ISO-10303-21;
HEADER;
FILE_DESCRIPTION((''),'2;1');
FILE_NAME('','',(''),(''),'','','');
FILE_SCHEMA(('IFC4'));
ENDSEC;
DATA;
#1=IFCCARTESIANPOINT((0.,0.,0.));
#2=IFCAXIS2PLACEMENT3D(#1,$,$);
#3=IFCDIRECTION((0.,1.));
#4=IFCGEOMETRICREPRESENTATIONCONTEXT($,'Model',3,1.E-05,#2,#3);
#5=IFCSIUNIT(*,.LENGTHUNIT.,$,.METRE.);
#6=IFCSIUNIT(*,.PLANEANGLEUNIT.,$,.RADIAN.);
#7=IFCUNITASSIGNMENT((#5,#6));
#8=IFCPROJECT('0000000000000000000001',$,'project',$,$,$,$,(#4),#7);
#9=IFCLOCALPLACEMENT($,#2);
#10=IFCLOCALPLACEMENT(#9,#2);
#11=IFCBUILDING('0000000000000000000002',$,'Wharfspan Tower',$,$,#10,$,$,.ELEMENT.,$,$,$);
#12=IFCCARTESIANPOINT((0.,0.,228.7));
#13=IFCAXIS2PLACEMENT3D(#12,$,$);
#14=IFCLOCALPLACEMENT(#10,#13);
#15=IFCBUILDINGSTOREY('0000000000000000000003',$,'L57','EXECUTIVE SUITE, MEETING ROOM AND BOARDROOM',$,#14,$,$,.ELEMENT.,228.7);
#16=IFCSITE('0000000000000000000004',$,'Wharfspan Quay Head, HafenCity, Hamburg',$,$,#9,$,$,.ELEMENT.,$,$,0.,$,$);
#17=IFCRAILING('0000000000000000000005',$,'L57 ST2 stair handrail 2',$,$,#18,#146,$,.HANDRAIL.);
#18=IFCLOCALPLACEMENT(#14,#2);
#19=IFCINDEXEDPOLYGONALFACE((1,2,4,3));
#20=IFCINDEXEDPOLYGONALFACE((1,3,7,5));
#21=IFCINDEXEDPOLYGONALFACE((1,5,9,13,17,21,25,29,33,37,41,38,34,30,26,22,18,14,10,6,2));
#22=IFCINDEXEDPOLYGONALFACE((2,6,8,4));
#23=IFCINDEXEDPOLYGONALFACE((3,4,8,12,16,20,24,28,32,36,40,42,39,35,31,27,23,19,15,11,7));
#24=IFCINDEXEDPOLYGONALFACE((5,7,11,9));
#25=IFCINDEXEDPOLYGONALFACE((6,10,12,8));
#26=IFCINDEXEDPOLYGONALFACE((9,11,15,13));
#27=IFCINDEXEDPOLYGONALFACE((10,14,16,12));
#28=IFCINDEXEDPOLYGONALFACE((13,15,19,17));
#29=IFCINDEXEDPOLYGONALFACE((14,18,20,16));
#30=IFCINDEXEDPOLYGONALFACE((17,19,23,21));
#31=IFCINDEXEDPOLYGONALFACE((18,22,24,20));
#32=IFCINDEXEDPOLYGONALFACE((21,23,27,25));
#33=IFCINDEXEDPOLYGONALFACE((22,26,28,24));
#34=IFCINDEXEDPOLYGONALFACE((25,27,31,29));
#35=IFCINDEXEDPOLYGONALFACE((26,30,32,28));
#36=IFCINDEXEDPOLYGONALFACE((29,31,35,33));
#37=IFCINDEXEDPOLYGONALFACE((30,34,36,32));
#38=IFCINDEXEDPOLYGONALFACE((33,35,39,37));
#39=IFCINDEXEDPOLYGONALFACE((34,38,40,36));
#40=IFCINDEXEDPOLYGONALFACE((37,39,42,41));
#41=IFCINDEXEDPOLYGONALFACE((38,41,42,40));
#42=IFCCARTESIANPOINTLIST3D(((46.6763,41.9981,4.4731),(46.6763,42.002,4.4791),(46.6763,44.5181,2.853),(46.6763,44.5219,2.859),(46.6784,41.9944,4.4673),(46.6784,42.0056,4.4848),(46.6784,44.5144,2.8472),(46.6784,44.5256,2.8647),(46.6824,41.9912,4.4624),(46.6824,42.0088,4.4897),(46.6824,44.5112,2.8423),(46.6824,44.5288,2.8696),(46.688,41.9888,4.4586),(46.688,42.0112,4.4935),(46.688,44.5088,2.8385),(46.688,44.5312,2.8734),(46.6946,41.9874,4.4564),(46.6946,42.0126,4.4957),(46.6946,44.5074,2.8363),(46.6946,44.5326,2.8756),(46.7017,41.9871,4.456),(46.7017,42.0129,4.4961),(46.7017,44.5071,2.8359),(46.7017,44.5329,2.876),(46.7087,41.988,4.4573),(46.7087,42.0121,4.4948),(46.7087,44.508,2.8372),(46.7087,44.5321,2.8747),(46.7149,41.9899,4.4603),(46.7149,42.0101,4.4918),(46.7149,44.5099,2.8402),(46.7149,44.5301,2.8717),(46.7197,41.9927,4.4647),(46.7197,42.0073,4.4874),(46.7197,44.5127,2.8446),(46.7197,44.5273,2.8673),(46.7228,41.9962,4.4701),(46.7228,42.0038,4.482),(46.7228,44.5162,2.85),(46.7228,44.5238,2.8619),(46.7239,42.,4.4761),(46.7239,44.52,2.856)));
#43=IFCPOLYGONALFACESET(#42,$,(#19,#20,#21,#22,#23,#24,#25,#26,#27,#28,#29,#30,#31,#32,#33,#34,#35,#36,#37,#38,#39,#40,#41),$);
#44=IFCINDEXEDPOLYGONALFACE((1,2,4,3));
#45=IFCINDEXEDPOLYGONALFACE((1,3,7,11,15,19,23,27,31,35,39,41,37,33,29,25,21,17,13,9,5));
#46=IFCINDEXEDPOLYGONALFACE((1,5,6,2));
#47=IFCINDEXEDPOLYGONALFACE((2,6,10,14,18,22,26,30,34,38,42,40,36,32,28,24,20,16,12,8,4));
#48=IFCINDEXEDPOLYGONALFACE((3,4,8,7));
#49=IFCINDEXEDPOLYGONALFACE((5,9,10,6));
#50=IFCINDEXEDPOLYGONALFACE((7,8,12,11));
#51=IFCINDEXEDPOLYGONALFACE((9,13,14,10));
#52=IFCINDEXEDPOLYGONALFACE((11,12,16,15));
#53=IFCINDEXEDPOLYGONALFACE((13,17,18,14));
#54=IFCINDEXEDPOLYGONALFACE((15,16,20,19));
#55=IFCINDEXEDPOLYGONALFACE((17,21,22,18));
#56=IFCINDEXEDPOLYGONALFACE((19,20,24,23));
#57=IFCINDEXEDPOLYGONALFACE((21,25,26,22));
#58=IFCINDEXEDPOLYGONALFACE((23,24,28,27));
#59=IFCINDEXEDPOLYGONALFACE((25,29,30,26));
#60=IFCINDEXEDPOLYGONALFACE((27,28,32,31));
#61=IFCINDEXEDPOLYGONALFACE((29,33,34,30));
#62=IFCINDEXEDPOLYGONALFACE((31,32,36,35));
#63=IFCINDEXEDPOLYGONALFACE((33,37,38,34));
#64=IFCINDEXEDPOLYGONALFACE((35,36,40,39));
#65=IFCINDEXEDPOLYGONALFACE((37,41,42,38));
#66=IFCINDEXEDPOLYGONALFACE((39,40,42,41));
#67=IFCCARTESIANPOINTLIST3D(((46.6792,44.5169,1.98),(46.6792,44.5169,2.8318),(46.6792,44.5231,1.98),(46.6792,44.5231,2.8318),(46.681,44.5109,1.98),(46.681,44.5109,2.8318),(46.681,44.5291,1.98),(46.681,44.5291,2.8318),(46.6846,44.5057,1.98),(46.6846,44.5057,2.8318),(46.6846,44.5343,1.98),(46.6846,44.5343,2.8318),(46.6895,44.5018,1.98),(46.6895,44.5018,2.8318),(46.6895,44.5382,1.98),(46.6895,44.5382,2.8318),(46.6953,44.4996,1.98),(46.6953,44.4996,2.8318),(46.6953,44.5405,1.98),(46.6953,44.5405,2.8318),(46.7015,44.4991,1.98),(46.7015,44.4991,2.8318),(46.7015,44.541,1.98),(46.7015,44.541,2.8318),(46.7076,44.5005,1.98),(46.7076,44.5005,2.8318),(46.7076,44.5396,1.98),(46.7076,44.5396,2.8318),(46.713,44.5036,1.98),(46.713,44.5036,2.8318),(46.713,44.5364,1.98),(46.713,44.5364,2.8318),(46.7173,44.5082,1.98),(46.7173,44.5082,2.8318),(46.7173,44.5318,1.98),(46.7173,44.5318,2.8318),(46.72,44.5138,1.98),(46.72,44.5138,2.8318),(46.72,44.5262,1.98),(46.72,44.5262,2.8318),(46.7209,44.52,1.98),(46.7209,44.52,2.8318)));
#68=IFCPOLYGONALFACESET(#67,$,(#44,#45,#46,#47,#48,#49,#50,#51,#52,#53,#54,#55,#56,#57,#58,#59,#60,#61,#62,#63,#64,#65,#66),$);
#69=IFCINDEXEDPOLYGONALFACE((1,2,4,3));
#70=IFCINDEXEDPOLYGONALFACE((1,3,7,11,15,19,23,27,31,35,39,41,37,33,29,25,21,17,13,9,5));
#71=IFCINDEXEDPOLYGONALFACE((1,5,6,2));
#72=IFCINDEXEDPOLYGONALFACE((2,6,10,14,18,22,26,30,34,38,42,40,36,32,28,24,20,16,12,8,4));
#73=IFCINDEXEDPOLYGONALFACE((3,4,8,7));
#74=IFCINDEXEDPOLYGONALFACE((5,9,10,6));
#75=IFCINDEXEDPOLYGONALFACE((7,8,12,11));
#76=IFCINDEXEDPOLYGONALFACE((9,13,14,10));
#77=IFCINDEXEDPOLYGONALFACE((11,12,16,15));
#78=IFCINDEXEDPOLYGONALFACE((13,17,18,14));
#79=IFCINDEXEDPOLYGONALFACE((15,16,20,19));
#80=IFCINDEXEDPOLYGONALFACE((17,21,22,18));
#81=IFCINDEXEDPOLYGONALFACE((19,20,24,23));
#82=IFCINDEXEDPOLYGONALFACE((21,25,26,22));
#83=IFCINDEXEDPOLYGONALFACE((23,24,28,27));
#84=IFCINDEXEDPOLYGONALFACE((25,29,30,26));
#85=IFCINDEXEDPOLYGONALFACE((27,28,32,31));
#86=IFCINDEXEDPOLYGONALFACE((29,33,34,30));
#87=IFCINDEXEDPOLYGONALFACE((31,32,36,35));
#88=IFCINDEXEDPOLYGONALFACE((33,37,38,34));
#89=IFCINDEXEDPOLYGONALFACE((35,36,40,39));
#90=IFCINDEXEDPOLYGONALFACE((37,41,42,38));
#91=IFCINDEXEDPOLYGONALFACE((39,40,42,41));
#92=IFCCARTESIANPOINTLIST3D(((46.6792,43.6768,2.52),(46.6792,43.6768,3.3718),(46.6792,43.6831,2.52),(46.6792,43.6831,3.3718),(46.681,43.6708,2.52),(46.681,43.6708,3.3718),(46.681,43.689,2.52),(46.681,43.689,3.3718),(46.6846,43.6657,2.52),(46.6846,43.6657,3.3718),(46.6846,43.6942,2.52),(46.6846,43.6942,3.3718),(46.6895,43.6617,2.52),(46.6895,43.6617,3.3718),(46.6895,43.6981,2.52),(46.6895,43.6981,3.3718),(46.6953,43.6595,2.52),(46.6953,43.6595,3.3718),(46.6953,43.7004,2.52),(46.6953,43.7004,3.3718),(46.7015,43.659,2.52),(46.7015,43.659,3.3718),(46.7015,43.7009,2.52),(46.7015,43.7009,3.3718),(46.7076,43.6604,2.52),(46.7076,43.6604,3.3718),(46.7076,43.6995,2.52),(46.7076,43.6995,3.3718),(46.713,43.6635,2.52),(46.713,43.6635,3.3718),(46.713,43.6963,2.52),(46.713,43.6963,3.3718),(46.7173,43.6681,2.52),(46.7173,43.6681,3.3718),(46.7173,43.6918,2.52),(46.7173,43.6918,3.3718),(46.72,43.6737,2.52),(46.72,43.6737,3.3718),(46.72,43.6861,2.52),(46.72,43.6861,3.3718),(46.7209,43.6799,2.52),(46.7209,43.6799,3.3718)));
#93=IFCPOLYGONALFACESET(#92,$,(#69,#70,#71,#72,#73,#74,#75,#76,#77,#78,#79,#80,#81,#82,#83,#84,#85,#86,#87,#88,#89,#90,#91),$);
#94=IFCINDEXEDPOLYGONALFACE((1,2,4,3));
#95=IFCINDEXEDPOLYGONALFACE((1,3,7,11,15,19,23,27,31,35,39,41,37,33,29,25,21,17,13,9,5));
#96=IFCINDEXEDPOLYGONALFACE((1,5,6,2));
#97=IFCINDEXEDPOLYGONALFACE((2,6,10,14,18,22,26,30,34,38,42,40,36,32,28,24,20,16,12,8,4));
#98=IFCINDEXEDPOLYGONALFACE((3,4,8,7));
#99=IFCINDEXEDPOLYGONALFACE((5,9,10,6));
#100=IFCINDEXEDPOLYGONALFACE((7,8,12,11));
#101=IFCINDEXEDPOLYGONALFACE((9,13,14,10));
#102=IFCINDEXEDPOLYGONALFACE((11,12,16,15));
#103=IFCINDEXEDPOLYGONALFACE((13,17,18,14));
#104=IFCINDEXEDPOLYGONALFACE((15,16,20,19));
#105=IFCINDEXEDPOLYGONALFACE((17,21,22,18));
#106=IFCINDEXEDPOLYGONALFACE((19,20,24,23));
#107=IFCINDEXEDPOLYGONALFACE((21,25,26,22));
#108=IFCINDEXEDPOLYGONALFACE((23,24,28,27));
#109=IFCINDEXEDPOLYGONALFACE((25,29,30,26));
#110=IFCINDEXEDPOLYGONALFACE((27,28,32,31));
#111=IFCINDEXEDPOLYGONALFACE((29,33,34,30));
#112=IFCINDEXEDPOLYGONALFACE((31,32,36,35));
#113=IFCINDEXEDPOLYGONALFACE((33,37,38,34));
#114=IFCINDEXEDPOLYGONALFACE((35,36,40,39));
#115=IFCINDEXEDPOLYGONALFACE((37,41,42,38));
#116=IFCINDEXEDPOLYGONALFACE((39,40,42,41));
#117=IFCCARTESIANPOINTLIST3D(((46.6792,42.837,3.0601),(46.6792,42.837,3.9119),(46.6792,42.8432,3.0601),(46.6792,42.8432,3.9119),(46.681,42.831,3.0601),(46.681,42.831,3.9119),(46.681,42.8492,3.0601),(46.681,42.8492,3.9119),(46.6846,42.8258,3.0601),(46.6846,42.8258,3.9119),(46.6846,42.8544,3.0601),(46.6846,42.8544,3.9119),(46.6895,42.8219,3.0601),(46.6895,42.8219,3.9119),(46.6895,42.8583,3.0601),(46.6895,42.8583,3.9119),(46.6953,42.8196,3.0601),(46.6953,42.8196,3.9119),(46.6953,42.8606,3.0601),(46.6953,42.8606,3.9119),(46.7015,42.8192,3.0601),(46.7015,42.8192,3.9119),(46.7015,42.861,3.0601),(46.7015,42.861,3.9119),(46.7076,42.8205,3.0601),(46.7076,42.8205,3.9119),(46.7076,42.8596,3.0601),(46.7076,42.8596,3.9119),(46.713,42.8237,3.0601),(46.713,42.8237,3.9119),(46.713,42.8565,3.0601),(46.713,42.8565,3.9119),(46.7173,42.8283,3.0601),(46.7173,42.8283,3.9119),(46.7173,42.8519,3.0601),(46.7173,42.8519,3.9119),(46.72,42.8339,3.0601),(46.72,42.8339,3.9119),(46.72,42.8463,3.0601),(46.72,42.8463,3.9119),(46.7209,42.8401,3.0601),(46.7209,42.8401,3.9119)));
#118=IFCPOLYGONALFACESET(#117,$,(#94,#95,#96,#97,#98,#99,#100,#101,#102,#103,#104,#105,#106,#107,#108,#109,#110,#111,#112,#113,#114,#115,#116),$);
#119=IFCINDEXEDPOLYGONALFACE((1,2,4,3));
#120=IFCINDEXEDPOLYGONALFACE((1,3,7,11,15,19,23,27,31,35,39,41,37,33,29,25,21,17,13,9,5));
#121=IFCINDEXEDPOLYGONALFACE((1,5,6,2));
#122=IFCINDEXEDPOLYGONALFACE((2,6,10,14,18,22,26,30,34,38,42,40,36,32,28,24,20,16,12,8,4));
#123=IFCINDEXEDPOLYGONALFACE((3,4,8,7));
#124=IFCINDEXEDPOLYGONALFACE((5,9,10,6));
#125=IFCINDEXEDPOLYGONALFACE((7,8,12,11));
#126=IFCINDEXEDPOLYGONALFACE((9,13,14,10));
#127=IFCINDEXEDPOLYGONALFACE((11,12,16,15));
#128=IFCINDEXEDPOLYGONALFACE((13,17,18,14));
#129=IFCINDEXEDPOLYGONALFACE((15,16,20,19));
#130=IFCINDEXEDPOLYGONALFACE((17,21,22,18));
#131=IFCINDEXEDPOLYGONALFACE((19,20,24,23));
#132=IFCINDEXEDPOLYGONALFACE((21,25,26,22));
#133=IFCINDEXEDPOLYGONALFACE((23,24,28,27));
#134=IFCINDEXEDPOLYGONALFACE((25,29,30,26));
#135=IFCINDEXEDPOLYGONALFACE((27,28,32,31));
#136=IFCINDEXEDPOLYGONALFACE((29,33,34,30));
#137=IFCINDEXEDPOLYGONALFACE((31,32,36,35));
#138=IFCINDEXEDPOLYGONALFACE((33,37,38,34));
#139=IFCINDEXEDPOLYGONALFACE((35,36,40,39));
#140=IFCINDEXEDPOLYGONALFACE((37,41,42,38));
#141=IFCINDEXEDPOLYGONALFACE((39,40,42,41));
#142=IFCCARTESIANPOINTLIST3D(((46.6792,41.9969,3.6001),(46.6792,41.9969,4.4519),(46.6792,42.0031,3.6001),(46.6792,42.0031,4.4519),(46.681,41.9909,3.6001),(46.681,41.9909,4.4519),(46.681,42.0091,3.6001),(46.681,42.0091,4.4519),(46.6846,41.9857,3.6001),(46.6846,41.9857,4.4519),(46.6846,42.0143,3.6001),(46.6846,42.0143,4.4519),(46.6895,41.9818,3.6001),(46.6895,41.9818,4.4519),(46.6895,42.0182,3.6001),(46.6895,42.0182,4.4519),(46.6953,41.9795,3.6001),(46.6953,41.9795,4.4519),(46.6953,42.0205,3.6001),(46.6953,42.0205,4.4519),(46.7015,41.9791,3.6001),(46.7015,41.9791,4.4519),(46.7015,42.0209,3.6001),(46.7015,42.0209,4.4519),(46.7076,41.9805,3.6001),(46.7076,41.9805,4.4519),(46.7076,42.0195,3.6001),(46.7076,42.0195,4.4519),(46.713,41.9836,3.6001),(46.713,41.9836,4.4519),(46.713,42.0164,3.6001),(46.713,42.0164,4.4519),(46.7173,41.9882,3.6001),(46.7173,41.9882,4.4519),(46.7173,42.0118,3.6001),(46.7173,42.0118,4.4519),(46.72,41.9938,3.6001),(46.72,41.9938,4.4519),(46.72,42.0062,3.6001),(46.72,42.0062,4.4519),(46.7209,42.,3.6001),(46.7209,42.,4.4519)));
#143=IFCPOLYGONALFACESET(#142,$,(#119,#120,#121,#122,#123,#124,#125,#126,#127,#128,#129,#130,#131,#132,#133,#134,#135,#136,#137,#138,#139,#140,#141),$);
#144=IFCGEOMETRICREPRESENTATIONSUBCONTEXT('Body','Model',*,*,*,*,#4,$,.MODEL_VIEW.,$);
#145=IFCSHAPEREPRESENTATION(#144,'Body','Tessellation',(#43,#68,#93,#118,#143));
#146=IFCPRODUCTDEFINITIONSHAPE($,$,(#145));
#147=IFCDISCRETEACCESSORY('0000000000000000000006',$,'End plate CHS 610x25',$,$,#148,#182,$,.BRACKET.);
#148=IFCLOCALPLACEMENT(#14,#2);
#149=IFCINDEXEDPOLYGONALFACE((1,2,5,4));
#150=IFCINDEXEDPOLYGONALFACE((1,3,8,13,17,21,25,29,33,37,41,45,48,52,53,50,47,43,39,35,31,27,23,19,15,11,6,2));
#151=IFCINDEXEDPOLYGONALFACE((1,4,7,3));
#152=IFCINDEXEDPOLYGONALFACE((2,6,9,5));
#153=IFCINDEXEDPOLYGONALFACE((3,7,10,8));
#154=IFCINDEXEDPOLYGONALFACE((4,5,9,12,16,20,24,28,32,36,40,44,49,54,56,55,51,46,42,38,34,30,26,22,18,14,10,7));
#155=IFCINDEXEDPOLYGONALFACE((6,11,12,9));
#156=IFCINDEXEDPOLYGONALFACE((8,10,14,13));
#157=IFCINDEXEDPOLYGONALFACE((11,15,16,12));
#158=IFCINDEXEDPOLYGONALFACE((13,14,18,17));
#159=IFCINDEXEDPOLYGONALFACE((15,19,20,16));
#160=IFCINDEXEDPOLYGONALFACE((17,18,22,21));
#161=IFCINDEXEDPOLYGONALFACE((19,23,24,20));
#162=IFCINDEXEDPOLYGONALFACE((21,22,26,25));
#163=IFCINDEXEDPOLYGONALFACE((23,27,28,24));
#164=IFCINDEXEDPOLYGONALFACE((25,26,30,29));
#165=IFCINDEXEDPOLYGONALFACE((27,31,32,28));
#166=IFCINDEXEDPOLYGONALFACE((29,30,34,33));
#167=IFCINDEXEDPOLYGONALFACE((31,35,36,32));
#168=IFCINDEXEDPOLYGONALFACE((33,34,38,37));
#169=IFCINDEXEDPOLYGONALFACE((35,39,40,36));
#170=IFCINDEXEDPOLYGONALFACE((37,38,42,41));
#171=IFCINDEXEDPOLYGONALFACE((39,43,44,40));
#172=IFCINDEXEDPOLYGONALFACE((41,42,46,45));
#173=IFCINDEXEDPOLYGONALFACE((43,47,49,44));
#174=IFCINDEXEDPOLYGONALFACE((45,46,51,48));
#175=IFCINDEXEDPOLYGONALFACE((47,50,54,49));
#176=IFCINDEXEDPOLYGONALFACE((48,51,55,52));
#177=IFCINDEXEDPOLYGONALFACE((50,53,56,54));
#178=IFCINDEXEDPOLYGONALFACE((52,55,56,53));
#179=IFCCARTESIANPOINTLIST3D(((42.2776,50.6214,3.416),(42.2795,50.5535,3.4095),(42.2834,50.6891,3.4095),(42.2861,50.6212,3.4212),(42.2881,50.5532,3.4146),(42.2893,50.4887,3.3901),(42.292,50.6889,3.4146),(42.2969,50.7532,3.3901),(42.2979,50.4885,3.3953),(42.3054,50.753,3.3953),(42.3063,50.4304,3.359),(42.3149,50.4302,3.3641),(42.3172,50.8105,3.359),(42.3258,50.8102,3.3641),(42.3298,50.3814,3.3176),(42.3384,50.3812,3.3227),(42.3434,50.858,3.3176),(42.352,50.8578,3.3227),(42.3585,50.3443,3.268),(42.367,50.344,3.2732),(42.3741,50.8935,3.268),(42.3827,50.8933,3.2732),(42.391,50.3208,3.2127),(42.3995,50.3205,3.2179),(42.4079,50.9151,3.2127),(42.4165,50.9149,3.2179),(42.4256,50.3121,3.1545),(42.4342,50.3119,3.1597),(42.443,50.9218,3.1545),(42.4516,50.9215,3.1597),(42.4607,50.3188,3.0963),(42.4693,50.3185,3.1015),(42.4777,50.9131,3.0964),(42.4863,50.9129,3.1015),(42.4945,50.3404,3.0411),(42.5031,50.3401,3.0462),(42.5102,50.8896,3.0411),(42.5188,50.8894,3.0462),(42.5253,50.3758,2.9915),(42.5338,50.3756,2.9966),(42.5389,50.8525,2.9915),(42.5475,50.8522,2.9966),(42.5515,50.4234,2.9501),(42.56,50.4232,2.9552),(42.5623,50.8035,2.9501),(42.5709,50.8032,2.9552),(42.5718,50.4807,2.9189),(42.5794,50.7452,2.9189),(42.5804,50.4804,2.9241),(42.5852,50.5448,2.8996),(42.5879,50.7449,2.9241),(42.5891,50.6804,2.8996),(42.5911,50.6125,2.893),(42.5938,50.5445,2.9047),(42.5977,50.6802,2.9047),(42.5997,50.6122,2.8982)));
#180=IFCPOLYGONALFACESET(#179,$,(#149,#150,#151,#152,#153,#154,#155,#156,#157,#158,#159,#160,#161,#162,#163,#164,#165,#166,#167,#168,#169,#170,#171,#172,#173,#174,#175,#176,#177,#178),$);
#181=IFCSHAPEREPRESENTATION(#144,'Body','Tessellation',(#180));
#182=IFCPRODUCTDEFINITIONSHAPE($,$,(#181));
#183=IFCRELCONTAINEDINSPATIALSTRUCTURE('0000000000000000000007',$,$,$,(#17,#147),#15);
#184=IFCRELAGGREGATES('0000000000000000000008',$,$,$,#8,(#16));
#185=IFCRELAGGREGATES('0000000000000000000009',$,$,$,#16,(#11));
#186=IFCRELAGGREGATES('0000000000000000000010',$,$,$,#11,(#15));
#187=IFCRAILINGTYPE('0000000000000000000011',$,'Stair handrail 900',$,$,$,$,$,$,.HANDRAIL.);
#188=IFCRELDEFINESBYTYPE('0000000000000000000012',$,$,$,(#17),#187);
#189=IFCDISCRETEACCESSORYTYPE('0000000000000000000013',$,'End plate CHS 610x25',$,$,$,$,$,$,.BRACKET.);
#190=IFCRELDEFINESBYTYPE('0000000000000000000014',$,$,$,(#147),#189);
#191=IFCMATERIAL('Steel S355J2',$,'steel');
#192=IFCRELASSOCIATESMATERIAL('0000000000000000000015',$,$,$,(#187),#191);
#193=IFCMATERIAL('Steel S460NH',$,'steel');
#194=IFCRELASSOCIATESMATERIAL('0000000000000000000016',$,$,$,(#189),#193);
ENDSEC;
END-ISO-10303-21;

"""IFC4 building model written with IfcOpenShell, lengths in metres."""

from ifc_helpers import new_model, si_unit, direction, frame, origin, origin_2d, place, context, subcontext, project, spatial, circle, extrude, material, material_profile, profile_set, type_object, element, save


model = new_model("IFC4")

# Units and contexts
model_context = context("Model", 3, precision=1e-05, world=origin(), true_north=direction((0.0, 1.0)))
body_context = subcontext(model_context, "Body", "Model", "MODEL_VIEW")
ifc_project = project(units=[si_unit("LENGTHUNIT", "METRE"), si_unit("PLANEANGLEUNIT", "RADIAN")], contexts=[model_context])

# Site, building, storey
site_placement = place(None, origin())
site = spatial("IfcSite", under=ifc_project, at=site_placement, Name="Wharfspan Quay Head, HafenCity, Hamburg", CompositionType="ELEMENT", RefElevation=0.0)
building_placement = place(site_placement, origin())
building = spatial("IfcBuilding", under=site, at=building_placement, Name="Wharfspan Tower", CompositionType="ELEMENT")
storey_placement = place(building_placement, frame((0.0, 0.0, 228.7)))
storey = spatial("IfcBuildingStorey", under=building, at=storey_placement, Name="L57", Description="EXECUTIVE SUITE, MEETING ROOM AND BOARDROOM", CompositionType="ELEMENT", Elevation=228.7)

# Shared definitions
ifc_material_1 = material(Name="Steel S355J2", Category="steel")

# Shared definitions
ifc_material_2 = material(Name="Steel S460NH", Category="steel")

# Railing
railing_type = type_object("IfcRailingType", Name="Stair handrail 900", PredefinedType="HANDRAIL", material=ifc_material_1)
railing_1_placement = place(storey_placement, frame((46.7, 44.52, 1.98)))
element("IfcRailing", 1, at=railing_1_placement, inside=storey, type_object=railing_type, Name="L57 ST2 stair handrail 2", PredefinedType="HANDRAIL", context=body_context, shape_type="SweptSolid", body=[
    extrude(circle(Radius=0.0239, at=origin_2d()), frame((0.0, 0.0, 0.876), z_axis=(0.0, -0.841163, 0.540782), x_axis=(1.0, 0.0, 0.0)), (0.0, 0.0, 1.0), 2.9958),
    extrude(circle(Radius=0.021, at=origin_2d()), origin(), (0.0, 0.0, 1.0), 0.8518),
    extrude(circle(Radius=0.021, at=origin_2d()), frame((0.0, -0.8401, 0.54)), (0.0, 0.0, 1.0), 0.8518),
    extrude(circle(Radius=0.021, at=origin_2d()), frame((0.0, -1.6799, 1.0801)), (0.0, 0.0, 1.0), 0.8518),
    extrude(circle(Radius=0.021, at=origin_2d()), frame((0.0, -2.52, 1.6201)), (0.0, 0.0, 1.0), 0.8518),
])

# Discrete accessory
ifc_material_profile_1 = material_profile(ifc_material_2, circle(Radius=0.3049, at=origin_2d()))
ifc_profile_set_1 = profile_set([ifc_material_profile_1], Name="Steel S460NH")
discrete_accessory_type = type_object("IfcDiscreteAccessoryType", Name="End plate CHS 610x25", PredefinedType="BRACKET", material=ifc_profile_set_1)
for number, where, z_axis, x_axis, name in (
    (2, (42.4343, 50.6169, 3.1545), (0.857236, -0.024492, 0.514341), (0.028558, 0.999591, 0.000002), "End plate CHS 610x25"),
):
    element("IfcDiscreteAccessory", number, at=place(storey_placement, frame(where, z_axis=z_axis, x_axis=x_axis)), inside=storey, type_object=discrete_accessory_type, Name=name, PredefinedType="BRACKET", context=body_context, shape_type="SweptSolid", body=[
        extrude(circle(Radius=0.3049, at=origin_2d()), origin(), (0.0, 0.0, 1.0), 0.01),
    ])

save(model, "model.ifc")
